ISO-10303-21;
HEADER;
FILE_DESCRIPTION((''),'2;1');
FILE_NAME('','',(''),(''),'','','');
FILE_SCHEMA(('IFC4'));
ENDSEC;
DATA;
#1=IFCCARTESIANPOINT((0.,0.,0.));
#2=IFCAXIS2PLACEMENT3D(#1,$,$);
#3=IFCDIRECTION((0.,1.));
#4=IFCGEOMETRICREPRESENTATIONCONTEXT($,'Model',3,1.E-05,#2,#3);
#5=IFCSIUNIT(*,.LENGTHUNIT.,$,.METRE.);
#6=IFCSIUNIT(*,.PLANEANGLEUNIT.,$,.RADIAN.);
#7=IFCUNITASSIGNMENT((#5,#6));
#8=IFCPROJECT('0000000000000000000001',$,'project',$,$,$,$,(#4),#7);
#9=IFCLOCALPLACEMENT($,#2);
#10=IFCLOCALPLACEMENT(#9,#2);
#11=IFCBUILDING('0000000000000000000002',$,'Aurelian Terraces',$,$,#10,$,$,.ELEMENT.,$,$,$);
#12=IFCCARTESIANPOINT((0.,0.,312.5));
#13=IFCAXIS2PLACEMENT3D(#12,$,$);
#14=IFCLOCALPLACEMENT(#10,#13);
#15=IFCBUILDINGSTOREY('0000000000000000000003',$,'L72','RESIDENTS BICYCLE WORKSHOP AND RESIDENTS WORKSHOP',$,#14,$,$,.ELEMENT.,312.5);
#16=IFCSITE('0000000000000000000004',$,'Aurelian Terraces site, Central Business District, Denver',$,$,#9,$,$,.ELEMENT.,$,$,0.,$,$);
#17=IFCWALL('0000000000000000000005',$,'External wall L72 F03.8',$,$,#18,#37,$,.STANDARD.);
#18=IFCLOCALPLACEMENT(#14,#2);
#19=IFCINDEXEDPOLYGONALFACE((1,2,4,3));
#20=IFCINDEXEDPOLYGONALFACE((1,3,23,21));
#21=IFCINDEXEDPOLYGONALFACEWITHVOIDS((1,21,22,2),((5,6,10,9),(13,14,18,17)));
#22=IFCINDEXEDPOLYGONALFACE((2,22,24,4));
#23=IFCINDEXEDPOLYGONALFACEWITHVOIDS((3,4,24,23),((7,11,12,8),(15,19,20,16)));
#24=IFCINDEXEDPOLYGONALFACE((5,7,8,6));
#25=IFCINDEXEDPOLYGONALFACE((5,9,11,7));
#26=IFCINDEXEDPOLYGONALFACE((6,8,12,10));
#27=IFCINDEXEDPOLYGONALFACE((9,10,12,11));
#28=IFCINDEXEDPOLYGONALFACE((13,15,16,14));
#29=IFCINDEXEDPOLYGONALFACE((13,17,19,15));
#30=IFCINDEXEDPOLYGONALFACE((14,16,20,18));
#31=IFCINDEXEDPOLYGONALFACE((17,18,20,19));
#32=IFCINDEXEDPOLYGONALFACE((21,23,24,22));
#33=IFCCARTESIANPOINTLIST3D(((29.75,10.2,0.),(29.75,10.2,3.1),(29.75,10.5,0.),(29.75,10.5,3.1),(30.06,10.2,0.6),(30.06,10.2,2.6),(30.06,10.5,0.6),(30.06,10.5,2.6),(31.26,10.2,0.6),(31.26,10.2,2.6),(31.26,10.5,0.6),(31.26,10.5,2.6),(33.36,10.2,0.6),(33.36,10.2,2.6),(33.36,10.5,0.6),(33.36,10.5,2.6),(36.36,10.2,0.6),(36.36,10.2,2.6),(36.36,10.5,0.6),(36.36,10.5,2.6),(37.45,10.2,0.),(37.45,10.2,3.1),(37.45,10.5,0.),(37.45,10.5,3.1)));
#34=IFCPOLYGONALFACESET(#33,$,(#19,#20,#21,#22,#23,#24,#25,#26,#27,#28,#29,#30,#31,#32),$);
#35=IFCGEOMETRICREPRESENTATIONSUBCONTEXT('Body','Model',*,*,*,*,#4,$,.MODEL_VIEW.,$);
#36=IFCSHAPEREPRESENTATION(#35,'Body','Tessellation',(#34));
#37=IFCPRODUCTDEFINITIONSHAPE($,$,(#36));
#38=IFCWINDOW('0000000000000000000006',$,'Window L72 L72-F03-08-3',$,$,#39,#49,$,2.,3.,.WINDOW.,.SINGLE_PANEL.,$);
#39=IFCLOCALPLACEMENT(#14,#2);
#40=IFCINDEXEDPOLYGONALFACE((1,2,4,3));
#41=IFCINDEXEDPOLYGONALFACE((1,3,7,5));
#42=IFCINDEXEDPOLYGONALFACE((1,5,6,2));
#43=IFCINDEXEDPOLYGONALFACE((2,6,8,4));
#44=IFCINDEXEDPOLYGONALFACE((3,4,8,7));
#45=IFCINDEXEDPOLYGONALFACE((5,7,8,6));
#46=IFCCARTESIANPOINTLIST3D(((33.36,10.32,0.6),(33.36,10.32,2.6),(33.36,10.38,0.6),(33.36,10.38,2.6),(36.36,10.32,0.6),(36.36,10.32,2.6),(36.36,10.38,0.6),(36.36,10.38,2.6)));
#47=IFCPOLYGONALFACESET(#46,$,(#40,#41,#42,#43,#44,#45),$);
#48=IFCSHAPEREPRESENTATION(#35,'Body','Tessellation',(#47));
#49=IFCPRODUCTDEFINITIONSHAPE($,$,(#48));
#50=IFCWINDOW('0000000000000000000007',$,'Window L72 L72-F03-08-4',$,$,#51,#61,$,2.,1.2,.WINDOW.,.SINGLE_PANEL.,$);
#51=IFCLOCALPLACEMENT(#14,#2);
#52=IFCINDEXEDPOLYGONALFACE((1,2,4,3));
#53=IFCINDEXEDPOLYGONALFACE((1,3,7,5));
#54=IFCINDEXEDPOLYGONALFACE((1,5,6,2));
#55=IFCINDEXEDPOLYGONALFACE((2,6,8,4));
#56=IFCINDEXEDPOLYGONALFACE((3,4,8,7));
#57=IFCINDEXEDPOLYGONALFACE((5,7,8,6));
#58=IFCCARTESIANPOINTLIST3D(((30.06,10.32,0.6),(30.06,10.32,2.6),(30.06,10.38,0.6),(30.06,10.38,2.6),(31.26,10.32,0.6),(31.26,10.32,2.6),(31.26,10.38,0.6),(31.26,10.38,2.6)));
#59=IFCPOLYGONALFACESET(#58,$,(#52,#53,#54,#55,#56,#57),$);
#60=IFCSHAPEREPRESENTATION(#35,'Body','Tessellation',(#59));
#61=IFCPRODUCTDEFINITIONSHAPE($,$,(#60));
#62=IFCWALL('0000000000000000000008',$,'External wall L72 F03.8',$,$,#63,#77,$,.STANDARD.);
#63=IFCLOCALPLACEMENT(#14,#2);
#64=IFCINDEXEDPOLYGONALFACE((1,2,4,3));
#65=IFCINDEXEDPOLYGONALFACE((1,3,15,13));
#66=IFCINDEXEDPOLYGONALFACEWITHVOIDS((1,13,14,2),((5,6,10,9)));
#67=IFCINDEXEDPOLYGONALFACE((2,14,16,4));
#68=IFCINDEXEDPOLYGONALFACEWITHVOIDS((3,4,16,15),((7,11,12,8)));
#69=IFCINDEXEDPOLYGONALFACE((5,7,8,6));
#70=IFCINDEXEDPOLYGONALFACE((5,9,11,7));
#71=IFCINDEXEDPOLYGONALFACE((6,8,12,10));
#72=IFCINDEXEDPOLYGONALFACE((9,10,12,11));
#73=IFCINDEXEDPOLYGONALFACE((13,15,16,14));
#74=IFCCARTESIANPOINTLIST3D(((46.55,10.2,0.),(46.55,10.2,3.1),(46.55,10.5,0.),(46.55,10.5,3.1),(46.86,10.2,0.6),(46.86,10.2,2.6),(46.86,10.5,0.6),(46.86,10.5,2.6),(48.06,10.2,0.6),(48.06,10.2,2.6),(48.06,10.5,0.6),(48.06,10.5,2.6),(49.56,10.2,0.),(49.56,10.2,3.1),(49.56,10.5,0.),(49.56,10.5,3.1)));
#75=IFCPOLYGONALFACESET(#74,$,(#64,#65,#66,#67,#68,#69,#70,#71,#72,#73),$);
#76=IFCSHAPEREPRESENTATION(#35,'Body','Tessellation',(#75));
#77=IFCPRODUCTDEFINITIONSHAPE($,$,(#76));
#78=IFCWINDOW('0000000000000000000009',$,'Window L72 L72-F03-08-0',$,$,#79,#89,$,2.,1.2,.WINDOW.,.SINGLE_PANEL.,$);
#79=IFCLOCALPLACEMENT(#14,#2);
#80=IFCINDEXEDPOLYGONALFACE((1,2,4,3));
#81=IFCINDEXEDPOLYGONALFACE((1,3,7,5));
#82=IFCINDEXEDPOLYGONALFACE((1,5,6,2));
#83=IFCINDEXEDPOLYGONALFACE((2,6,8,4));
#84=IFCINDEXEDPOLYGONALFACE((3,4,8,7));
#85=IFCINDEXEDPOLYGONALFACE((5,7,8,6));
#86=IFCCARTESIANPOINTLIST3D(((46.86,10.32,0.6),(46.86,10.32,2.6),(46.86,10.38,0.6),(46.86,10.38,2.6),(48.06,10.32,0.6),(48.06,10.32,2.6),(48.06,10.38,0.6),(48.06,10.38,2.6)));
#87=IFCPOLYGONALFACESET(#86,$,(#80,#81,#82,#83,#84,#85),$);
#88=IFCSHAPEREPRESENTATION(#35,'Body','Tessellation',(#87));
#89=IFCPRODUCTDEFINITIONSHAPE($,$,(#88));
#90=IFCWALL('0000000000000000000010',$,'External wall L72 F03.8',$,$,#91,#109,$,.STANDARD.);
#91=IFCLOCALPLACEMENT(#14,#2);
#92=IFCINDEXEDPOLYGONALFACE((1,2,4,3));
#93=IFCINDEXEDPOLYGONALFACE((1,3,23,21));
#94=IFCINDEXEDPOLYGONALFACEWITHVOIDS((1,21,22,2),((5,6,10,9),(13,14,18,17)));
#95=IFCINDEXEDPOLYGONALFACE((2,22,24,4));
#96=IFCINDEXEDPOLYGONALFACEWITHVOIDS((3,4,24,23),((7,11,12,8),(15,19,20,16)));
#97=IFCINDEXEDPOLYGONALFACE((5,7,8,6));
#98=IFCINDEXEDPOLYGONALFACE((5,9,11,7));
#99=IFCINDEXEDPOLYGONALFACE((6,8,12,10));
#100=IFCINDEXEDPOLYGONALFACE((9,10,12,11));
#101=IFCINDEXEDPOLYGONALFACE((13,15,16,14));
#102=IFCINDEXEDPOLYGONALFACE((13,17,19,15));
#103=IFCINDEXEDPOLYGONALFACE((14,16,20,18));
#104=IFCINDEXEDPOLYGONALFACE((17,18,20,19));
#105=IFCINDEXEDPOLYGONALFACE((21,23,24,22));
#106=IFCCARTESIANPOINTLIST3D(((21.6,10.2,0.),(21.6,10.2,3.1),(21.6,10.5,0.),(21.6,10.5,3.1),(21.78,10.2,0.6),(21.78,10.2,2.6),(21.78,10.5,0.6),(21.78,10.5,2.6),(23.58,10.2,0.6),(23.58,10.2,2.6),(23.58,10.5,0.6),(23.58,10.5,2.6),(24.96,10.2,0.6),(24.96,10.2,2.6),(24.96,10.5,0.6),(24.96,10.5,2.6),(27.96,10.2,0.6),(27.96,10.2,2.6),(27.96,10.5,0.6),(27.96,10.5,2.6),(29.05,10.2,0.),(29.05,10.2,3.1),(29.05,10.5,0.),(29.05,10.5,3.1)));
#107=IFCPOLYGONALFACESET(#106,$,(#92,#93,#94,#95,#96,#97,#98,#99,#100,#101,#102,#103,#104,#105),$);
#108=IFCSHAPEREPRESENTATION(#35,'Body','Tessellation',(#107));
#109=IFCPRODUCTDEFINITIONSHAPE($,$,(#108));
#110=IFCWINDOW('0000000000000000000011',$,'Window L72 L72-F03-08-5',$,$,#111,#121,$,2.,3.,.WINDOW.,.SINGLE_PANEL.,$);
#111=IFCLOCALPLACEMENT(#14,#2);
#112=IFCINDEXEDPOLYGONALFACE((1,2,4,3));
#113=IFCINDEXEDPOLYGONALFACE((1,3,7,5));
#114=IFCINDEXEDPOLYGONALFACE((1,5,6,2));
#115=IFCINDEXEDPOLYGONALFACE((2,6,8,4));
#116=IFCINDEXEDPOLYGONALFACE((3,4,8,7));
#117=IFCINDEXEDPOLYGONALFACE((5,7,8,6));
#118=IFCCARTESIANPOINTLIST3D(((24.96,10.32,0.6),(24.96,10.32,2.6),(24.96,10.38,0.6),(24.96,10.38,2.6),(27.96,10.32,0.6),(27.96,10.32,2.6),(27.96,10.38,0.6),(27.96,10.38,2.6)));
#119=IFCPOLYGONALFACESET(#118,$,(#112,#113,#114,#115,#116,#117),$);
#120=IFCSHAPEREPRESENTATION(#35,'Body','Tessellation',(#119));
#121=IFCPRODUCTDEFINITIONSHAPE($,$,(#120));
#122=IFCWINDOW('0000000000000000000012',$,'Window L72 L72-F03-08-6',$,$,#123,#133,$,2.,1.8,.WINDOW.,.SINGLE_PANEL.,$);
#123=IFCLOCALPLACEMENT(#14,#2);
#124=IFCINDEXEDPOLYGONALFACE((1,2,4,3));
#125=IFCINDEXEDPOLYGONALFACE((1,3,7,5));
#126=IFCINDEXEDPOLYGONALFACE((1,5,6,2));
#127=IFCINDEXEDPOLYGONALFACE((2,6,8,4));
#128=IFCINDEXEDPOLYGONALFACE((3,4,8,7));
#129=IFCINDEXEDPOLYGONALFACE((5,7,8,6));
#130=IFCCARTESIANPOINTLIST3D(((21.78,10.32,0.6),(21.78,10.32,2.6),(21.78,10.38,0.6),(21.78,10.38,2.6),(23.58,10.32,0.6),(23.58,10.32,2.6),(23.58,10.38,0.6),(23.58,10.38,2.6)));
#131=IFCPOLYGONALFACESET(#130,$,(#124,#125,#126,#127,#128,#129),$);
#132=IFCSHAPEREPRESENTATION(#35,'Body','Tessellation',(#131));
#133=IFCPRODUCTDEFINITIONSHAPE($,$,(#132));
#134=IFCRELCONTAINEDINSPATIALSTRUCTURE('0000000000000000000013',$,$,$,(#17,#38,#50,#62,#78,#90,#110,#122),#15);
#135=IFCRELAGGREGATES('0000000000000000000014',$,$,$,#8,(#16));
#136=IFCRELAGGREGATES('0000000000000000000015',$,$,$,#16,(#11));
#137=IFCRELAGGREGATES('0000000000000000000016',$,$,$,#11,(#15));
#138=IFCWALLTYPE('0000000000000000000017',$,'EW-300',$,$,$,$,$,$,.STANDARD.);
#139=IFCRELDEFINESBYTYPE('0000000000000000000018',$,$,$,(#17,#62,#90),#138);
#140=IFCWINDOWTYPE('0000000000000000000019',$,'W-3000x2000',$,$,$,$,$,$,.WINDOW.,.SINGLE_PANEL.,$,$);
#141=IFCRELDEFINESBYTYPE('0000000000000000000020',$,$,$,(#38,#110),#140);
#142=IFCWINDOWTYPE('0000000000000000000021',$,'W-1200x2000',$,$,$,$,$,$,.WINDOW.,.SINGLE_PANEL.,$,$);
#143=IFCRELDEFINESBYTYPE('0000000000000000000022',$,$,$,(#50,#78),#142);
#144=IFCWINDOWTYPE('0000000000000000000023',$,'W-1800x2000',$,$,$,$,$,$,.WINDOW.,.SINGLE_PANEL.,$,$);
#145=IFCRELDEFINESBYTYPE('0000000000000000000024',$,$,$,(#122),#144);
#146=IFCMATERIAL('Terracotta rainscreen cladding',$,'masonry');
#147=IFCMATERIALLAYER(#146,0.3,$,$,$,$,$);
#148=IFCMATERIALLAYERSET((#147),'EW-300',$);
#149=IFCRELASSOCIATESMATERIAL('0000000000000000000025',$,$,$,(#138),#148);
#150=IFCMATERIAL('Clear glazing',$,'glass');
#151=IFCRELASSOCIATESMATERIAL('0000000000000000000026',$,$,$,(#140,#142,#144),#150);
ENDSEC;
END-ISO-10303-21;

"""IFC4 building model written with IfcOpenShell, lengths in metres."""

from ifc_helpers import new_model, si_unit, direction, frame, frame_2d, origin, place, context, subcontext, project, spatial, rectangle, extrude, source, transform, mapped, material, layer, layer_set, type_object, element, fill, save


model = new_model("IFC4")

# Units and contexts
model_context = context("Model", 3, precision=1e-05, world=origin(), true_north=direction((0.0, 1.0)))
body_context = subcontext(model_context, "Body", "Model", "MODEL_VIEW")
ifc_project = project(units=[si_unit("LENGTHUNIT", "METRE"), si_unit("PLANEANGLEUNIT", "RADIAN")], contexts=[model_context])

# Site, building, storey
site_placement = place(None, origin())
site = spatial("IfcSite", under=ifc_project, at=site_placement, Name="Aurelian Terraces site, Central Business District, Denver", CompositionType="ELEMENT", RefElevation=0.0)
building_placement = place(site_placement, origin())
building = spatial("IfcBuilding", under=site, at=building_placement, Name="Aurelian Terraces", CompositionType="ELEMENT")
storey_placement = place(building_placement, frame((0.0, 0.0, 312.5)))
storey = spatial("IfcBuildingStorey", under=building, at=storey_placement, Name="L72", Description="RESIDENTS BICYCLE WORKSHOP AND RESIDENTS WORKSHOP", CompositionType="ELEMENT", Elevation=312.5)

# Wall, openings, windows
ifc_material_1 = material(Name="Terracotta rainscreen cladding", Category="masonry")
ifc_layer_1 = layer(ifc_material_1, 0.3)
ifc_layer_set_1 = layer_set([ifc_layer_1], Name="EW-300")
wall_type_1 = type_object("IfcWallType", Name="EW-300", PredefinedType="STANDARD", material=ifc_layer_set_1)
shared_shape_1 = source(origin(), body_context, "Body", "SweptSolid", [
    extrude(rectangle(XDim=7.7, YDim=0.3, at=frame_2d((3.85, 0.0))), origin(), (0.0, 0.0, 1.0), 3.1),
])
shared_shape_2 = source(origin(), body_context, "Body", "SweptSolid", [
    extrude(rectangle(XDim=3.0, YDim=2.0, at=frame_2d((1.5, 1.0))), frame((0.0, 0.16, 0.0), z_axis=(0.0, -1.0, 0.0), x_axis=(1.0, 0.0, 0.0)), (0.0, 0.0, 1.0), 0.32),
])
shared_shape_3 = source(origin(), body_context, "Body", "SweptSolid", [
    extrude(rectangle(XDim=1.2, YDim=2.0, at=frame_2d((0.6, 1.0))), frame((0.0, 0.16, 0.0), z_axis=(0.0, -1.0, 0.0), x_axis=(1.0, 0.0, 0.0)), (0.0, 0.0, 1.0), 0.32),
])
ifc_material_2 = material(Name="Clear glazing", Category="glass")
window_type_1 = type_object("IfcWindowType", Name="W-3000x2000", PartitioningType="SINGLE_PANEL", PredefinedType="WINDOW", material=ifc_material_2)
shared_shape_4 = source(origin(), body_context, "Body", "SweptSolid", [
    extrude(rectangle(XDim=3.0, YDim=2.0, at=frame_2d((1.5, 1.0))), frame((0.0, 0.03, 0.0), z_axis=(0.0, -1.0, 0.0), x_axis=(1.0, 0.0, 0.0)), (0.0, 0.0, 1.0), 0.06),
])
window_type_2 = type_object("IfcWindowType", Name="W-1200x2000", PartitioningType="SINGLE_PANEL", PredefinedType="WINDOW", material=ifc_material_2)
shared_shape_5 = source(origin(), body_context, "Body", "SweptSolid", [
    extrude(rectangle(XDim=1.2, YDim=2.0, at=frame_2d((0.6, 1.0))), frame((0.0, 0.03, 0.0), z_axis=(0.0, -1.0, 0.0), x_axis=(1.0, 0.0, 0.0)), (0.0, 0.0, 1.0), 0.06),
])
wall_1_placement = place(storey_placement, frame((37.45, 10.35, 0.0), z_axis=(0.0, 0.0, 1.0), x_axis=(-1.0, 0.0, 0.0)))
wall_1 = element("IfcWall", 1, at=wall_1_placement, inside=storey, type_object=wall_type_1, Name="External wall L72 F03.8", PredefinedType="STANDARD", context=body_context, shape_type="MappedRepresentation", body=[
    mapped(shared_shape_1, transform((0.0, 0.0, 0.0), scale=1.0)),
])
opening_1_placement = place(wall_1_placement, frame((1.09, 0.0, 0.6)))
opening_1 = element("IfcOpeningElement", 2, at=opening_1_placement, cuts=wall_1, PredefinedType="OPENING", context=body_context, shape_type="MappedRepresentation", body=[
    mapped(shared_shape_2, transform((0.0, 0.0, 0.0), scale=1.0)),
])
opening_2_placement = place(wall_1_placement, frame((6.19, 0.0, 0.6)))
opening_2 = element("IfcOpeningElement", 3, at=opening_2_placement, cuts=wall_1, PredefinedType="OPENING", context=body_context, shape_type="MappedRepresentation", body=[
    mapped(shared_shape_3, transform((0.0, 0.0, 0.0), scale=1.0)),
])
window_1_placement = place(opening_1_placement, origin())
window_1 = element("IfcWindow", 4, at=window_1_placement, inside=storey, type_object=window_type_1, Name="Window L72 L72-F03-08-3", OverallHeight=2.0, OverallWidth=3.0, PartitioningType="SINGLE_PANEL", PredefinedType="WINDOW", context=body_context, shape_type="MappedRepresentation", body=[
    mapped(shared_shape_4, transform((0.0, 0.0, 0.0), scale=1.0)),
])
fill(opening_1, window_1)
window_2_placement = place(opening_2_placement, origin())
window_2 = element("IfcWindow", 5, at=window_2_placement, inside=storey, type_object=window_type_2, Name="Window L72 L72-F03-08-4", OverallHeight=2.0, OverallWidth=1.2, PartitioningType="SINGLE_PANEL", PredefinedType="WINDOW", context=body_context, shape_type="MappedRepresentation", body=[
    mapped(shared_shape_5, transform((0.0, 0.0, 0.0), scale=1.0)),
])
fill(opening_2, window_2)

# Wall, opening, window
shared_shape_6 = source(origin(), body_context, "Body", "SweptSolid", [
    extrude(rectangle(XDim=3.01, YDim=0.3, at=frame_2d((1.505, 0.0))), origin(), (0.0, 0.0, 1.0), 3.1),
])
wall_2_placement = place(storey_placement, frame((49.56, 10.35, 0.0), z_axis=(0.0, 0.0, 1.0), x_axis=(-1.0, 0.0, 0.0)))
wall_2 = element("IfcWall", 6, at=wall_2_placement, inside=storey, type_object=wall_type_1, Name="External wall L72 F03.8", PredefinedType="STANDARD", context=body_context, shape_type="MappedRepresentation", body=[
    mapped(shared_shape_6, transform((0.0, 0.0, 0.0), scale=1.0)),
])
opening_3_placement = place(wall_2_placement, frame((1.5, 0.0, 0.6)))
opening_3 = element("IfcOpeningElement", 7, at=opening_3_placement, cuts=wall_2, PredefinedType="OPENING", context=body_context, shape_type="MappedRepresentation", body=[
    mapped(shared_shape_3, transform((0.0, 0.0, 0.0), scale=1.0)),
])
window_3_placement = place(opening_3_placement, origin())
window_3 = element("IfcWindow", 8, at=window_3_placement, inside=storey, type_object=window_type_2, Name="Window L72 L72-F03-08-0", OverallHeight=2.0, OverallWidth=1.2, PartitioningType="SINGLE_PANEL", PredefinedType="WINDOW", context=body_context, shape_type="MappedRepresentation", body=[
    mapped(shared_shape_5, transform((0.0, 0.0, 0.0), scale=1.0)),
])
fill(opening_3, window_3)

# Wall, openings, windows
shared_shape_7 = source(origin(), body_context, "Body", "SweptSolid", [
    extrude(rectangle(XDim=7.45, YDim=0.3, at=frame_2d((3.725, 0.0))), origin(), (0.0, 0.0, 1.0), 3.1),
])
wall_3_placement = place(storey_placement, frame((29.05, 10.35, 0.0), z_axis=(0.0, 0.0, 1.0), x_axis=(-1.0, 0.0, 0.0)))
wall_3 = element("IfcWall", 9, at=wall_3_placement, inside=storey, type_object=wall_type_1, Name="External wall L72 F03.8", PredefinedType="STANDARD", context=body_context, shape_type="MappedRepresentation", body=[
    mapped(shared_shape_7, transform((0.0, 0.0, 0.0), scale=1.0)),
])
opening_4_placement = place(wall_3_placement, frame((1.09, 0.0, 0.6)))
opening_4 = element("IfcOpeningElement", 10, at=opening_4_placement, cuts=wall_3, PredefinedType="OPENING", context=body_context, shape_type="MappedRepresentation", body=[
    mapped(shared_shape_2, transform((0.0, 0.0, 0.0), scale=1.0)),
])
shared_shape_8 = source(origin(), body_context, "Body", "SweptSolid", [
    extrude(rectangle(XDim=1.8, YDim=2.0, at=frame_2d((0.9, 1.0))), frame((0.0, 0.16, 0.0), z_axis=(0.0, -1.0, 0.0), x_axis=(1.0, 0.0, 0.0)), (0.0, 0.0, 1.0), 0.32),
])
opening_5_placement = place(wall_3_placement, frame((5.47, 0.0, 0.6)))
opening_5 = element("IfcOpeningElement", 11, at=opening_5_placement, cuts=wall_3, PredefinedType="OPENING", context=body_context, shape_type="MappedRepresentation", body=[
    mapped(shared_shape_8, transform((0.0, 0.0, 0.0), scale=1.0)),
])
window_4_placement = place(opening_4_placement, origin())
window_4 = element("IfcWindow", 12, at=window_4_placement, inside=storey, type_object=window_type_1, Name="Window L72 L72-F03-08-5", OverallHeight=2.0, OverallWidth=3.0, PartitioningType="SINGLE_PANEL", PredefinedType="WINDOW", context=body_context, shape_type="MappedRepresentation", body=[
    mapped(shared_shape_4, transform((0.0, 0.0, 0.0), scale=1.0)),
])
fill(opening_4, window_4)
window_type_3 = type_object("IfcWindowType", Name="W-1800x2000", PartitioningType="SINGLE_PANEL", PredefinedType="WINDOW", material=ifc_material_2)
shared_shape_9 = source(origin(), body_context, "Body", "SweptSolid", [
    extrude(rectangle(XDim=1.8, YDim=2.0, at=frame_2d((0.9, 1.0))), frame((0.0, 0.03, 0.0), z_axis=(0.0, -1.0, 0.0), x_axis=(1.0, 0.0, 0.0)), (0.0, 0.0, 1.0), 0.06),
])
window_5_placement = place(opening_5_placement, origin())
window_5 = element("IfcWindow", 13, at=window_5_placement, inside=storey, type_object=window_type_3, Name="Window L72 L72-F03-08-6", OverallHeight=2.0, OverallWidth=1.8, PartitioningType="SINGLE_PANEL", PredefinedType="WINDOW", context=body_context, shape_type="MappedRepresentation", body=[
    mapped(shared_shape_9, transform((0.0, 0.0, 0.0), scale=1.0)),
])
fill(opening_5, window_5)

save(model, "model.ifc")
